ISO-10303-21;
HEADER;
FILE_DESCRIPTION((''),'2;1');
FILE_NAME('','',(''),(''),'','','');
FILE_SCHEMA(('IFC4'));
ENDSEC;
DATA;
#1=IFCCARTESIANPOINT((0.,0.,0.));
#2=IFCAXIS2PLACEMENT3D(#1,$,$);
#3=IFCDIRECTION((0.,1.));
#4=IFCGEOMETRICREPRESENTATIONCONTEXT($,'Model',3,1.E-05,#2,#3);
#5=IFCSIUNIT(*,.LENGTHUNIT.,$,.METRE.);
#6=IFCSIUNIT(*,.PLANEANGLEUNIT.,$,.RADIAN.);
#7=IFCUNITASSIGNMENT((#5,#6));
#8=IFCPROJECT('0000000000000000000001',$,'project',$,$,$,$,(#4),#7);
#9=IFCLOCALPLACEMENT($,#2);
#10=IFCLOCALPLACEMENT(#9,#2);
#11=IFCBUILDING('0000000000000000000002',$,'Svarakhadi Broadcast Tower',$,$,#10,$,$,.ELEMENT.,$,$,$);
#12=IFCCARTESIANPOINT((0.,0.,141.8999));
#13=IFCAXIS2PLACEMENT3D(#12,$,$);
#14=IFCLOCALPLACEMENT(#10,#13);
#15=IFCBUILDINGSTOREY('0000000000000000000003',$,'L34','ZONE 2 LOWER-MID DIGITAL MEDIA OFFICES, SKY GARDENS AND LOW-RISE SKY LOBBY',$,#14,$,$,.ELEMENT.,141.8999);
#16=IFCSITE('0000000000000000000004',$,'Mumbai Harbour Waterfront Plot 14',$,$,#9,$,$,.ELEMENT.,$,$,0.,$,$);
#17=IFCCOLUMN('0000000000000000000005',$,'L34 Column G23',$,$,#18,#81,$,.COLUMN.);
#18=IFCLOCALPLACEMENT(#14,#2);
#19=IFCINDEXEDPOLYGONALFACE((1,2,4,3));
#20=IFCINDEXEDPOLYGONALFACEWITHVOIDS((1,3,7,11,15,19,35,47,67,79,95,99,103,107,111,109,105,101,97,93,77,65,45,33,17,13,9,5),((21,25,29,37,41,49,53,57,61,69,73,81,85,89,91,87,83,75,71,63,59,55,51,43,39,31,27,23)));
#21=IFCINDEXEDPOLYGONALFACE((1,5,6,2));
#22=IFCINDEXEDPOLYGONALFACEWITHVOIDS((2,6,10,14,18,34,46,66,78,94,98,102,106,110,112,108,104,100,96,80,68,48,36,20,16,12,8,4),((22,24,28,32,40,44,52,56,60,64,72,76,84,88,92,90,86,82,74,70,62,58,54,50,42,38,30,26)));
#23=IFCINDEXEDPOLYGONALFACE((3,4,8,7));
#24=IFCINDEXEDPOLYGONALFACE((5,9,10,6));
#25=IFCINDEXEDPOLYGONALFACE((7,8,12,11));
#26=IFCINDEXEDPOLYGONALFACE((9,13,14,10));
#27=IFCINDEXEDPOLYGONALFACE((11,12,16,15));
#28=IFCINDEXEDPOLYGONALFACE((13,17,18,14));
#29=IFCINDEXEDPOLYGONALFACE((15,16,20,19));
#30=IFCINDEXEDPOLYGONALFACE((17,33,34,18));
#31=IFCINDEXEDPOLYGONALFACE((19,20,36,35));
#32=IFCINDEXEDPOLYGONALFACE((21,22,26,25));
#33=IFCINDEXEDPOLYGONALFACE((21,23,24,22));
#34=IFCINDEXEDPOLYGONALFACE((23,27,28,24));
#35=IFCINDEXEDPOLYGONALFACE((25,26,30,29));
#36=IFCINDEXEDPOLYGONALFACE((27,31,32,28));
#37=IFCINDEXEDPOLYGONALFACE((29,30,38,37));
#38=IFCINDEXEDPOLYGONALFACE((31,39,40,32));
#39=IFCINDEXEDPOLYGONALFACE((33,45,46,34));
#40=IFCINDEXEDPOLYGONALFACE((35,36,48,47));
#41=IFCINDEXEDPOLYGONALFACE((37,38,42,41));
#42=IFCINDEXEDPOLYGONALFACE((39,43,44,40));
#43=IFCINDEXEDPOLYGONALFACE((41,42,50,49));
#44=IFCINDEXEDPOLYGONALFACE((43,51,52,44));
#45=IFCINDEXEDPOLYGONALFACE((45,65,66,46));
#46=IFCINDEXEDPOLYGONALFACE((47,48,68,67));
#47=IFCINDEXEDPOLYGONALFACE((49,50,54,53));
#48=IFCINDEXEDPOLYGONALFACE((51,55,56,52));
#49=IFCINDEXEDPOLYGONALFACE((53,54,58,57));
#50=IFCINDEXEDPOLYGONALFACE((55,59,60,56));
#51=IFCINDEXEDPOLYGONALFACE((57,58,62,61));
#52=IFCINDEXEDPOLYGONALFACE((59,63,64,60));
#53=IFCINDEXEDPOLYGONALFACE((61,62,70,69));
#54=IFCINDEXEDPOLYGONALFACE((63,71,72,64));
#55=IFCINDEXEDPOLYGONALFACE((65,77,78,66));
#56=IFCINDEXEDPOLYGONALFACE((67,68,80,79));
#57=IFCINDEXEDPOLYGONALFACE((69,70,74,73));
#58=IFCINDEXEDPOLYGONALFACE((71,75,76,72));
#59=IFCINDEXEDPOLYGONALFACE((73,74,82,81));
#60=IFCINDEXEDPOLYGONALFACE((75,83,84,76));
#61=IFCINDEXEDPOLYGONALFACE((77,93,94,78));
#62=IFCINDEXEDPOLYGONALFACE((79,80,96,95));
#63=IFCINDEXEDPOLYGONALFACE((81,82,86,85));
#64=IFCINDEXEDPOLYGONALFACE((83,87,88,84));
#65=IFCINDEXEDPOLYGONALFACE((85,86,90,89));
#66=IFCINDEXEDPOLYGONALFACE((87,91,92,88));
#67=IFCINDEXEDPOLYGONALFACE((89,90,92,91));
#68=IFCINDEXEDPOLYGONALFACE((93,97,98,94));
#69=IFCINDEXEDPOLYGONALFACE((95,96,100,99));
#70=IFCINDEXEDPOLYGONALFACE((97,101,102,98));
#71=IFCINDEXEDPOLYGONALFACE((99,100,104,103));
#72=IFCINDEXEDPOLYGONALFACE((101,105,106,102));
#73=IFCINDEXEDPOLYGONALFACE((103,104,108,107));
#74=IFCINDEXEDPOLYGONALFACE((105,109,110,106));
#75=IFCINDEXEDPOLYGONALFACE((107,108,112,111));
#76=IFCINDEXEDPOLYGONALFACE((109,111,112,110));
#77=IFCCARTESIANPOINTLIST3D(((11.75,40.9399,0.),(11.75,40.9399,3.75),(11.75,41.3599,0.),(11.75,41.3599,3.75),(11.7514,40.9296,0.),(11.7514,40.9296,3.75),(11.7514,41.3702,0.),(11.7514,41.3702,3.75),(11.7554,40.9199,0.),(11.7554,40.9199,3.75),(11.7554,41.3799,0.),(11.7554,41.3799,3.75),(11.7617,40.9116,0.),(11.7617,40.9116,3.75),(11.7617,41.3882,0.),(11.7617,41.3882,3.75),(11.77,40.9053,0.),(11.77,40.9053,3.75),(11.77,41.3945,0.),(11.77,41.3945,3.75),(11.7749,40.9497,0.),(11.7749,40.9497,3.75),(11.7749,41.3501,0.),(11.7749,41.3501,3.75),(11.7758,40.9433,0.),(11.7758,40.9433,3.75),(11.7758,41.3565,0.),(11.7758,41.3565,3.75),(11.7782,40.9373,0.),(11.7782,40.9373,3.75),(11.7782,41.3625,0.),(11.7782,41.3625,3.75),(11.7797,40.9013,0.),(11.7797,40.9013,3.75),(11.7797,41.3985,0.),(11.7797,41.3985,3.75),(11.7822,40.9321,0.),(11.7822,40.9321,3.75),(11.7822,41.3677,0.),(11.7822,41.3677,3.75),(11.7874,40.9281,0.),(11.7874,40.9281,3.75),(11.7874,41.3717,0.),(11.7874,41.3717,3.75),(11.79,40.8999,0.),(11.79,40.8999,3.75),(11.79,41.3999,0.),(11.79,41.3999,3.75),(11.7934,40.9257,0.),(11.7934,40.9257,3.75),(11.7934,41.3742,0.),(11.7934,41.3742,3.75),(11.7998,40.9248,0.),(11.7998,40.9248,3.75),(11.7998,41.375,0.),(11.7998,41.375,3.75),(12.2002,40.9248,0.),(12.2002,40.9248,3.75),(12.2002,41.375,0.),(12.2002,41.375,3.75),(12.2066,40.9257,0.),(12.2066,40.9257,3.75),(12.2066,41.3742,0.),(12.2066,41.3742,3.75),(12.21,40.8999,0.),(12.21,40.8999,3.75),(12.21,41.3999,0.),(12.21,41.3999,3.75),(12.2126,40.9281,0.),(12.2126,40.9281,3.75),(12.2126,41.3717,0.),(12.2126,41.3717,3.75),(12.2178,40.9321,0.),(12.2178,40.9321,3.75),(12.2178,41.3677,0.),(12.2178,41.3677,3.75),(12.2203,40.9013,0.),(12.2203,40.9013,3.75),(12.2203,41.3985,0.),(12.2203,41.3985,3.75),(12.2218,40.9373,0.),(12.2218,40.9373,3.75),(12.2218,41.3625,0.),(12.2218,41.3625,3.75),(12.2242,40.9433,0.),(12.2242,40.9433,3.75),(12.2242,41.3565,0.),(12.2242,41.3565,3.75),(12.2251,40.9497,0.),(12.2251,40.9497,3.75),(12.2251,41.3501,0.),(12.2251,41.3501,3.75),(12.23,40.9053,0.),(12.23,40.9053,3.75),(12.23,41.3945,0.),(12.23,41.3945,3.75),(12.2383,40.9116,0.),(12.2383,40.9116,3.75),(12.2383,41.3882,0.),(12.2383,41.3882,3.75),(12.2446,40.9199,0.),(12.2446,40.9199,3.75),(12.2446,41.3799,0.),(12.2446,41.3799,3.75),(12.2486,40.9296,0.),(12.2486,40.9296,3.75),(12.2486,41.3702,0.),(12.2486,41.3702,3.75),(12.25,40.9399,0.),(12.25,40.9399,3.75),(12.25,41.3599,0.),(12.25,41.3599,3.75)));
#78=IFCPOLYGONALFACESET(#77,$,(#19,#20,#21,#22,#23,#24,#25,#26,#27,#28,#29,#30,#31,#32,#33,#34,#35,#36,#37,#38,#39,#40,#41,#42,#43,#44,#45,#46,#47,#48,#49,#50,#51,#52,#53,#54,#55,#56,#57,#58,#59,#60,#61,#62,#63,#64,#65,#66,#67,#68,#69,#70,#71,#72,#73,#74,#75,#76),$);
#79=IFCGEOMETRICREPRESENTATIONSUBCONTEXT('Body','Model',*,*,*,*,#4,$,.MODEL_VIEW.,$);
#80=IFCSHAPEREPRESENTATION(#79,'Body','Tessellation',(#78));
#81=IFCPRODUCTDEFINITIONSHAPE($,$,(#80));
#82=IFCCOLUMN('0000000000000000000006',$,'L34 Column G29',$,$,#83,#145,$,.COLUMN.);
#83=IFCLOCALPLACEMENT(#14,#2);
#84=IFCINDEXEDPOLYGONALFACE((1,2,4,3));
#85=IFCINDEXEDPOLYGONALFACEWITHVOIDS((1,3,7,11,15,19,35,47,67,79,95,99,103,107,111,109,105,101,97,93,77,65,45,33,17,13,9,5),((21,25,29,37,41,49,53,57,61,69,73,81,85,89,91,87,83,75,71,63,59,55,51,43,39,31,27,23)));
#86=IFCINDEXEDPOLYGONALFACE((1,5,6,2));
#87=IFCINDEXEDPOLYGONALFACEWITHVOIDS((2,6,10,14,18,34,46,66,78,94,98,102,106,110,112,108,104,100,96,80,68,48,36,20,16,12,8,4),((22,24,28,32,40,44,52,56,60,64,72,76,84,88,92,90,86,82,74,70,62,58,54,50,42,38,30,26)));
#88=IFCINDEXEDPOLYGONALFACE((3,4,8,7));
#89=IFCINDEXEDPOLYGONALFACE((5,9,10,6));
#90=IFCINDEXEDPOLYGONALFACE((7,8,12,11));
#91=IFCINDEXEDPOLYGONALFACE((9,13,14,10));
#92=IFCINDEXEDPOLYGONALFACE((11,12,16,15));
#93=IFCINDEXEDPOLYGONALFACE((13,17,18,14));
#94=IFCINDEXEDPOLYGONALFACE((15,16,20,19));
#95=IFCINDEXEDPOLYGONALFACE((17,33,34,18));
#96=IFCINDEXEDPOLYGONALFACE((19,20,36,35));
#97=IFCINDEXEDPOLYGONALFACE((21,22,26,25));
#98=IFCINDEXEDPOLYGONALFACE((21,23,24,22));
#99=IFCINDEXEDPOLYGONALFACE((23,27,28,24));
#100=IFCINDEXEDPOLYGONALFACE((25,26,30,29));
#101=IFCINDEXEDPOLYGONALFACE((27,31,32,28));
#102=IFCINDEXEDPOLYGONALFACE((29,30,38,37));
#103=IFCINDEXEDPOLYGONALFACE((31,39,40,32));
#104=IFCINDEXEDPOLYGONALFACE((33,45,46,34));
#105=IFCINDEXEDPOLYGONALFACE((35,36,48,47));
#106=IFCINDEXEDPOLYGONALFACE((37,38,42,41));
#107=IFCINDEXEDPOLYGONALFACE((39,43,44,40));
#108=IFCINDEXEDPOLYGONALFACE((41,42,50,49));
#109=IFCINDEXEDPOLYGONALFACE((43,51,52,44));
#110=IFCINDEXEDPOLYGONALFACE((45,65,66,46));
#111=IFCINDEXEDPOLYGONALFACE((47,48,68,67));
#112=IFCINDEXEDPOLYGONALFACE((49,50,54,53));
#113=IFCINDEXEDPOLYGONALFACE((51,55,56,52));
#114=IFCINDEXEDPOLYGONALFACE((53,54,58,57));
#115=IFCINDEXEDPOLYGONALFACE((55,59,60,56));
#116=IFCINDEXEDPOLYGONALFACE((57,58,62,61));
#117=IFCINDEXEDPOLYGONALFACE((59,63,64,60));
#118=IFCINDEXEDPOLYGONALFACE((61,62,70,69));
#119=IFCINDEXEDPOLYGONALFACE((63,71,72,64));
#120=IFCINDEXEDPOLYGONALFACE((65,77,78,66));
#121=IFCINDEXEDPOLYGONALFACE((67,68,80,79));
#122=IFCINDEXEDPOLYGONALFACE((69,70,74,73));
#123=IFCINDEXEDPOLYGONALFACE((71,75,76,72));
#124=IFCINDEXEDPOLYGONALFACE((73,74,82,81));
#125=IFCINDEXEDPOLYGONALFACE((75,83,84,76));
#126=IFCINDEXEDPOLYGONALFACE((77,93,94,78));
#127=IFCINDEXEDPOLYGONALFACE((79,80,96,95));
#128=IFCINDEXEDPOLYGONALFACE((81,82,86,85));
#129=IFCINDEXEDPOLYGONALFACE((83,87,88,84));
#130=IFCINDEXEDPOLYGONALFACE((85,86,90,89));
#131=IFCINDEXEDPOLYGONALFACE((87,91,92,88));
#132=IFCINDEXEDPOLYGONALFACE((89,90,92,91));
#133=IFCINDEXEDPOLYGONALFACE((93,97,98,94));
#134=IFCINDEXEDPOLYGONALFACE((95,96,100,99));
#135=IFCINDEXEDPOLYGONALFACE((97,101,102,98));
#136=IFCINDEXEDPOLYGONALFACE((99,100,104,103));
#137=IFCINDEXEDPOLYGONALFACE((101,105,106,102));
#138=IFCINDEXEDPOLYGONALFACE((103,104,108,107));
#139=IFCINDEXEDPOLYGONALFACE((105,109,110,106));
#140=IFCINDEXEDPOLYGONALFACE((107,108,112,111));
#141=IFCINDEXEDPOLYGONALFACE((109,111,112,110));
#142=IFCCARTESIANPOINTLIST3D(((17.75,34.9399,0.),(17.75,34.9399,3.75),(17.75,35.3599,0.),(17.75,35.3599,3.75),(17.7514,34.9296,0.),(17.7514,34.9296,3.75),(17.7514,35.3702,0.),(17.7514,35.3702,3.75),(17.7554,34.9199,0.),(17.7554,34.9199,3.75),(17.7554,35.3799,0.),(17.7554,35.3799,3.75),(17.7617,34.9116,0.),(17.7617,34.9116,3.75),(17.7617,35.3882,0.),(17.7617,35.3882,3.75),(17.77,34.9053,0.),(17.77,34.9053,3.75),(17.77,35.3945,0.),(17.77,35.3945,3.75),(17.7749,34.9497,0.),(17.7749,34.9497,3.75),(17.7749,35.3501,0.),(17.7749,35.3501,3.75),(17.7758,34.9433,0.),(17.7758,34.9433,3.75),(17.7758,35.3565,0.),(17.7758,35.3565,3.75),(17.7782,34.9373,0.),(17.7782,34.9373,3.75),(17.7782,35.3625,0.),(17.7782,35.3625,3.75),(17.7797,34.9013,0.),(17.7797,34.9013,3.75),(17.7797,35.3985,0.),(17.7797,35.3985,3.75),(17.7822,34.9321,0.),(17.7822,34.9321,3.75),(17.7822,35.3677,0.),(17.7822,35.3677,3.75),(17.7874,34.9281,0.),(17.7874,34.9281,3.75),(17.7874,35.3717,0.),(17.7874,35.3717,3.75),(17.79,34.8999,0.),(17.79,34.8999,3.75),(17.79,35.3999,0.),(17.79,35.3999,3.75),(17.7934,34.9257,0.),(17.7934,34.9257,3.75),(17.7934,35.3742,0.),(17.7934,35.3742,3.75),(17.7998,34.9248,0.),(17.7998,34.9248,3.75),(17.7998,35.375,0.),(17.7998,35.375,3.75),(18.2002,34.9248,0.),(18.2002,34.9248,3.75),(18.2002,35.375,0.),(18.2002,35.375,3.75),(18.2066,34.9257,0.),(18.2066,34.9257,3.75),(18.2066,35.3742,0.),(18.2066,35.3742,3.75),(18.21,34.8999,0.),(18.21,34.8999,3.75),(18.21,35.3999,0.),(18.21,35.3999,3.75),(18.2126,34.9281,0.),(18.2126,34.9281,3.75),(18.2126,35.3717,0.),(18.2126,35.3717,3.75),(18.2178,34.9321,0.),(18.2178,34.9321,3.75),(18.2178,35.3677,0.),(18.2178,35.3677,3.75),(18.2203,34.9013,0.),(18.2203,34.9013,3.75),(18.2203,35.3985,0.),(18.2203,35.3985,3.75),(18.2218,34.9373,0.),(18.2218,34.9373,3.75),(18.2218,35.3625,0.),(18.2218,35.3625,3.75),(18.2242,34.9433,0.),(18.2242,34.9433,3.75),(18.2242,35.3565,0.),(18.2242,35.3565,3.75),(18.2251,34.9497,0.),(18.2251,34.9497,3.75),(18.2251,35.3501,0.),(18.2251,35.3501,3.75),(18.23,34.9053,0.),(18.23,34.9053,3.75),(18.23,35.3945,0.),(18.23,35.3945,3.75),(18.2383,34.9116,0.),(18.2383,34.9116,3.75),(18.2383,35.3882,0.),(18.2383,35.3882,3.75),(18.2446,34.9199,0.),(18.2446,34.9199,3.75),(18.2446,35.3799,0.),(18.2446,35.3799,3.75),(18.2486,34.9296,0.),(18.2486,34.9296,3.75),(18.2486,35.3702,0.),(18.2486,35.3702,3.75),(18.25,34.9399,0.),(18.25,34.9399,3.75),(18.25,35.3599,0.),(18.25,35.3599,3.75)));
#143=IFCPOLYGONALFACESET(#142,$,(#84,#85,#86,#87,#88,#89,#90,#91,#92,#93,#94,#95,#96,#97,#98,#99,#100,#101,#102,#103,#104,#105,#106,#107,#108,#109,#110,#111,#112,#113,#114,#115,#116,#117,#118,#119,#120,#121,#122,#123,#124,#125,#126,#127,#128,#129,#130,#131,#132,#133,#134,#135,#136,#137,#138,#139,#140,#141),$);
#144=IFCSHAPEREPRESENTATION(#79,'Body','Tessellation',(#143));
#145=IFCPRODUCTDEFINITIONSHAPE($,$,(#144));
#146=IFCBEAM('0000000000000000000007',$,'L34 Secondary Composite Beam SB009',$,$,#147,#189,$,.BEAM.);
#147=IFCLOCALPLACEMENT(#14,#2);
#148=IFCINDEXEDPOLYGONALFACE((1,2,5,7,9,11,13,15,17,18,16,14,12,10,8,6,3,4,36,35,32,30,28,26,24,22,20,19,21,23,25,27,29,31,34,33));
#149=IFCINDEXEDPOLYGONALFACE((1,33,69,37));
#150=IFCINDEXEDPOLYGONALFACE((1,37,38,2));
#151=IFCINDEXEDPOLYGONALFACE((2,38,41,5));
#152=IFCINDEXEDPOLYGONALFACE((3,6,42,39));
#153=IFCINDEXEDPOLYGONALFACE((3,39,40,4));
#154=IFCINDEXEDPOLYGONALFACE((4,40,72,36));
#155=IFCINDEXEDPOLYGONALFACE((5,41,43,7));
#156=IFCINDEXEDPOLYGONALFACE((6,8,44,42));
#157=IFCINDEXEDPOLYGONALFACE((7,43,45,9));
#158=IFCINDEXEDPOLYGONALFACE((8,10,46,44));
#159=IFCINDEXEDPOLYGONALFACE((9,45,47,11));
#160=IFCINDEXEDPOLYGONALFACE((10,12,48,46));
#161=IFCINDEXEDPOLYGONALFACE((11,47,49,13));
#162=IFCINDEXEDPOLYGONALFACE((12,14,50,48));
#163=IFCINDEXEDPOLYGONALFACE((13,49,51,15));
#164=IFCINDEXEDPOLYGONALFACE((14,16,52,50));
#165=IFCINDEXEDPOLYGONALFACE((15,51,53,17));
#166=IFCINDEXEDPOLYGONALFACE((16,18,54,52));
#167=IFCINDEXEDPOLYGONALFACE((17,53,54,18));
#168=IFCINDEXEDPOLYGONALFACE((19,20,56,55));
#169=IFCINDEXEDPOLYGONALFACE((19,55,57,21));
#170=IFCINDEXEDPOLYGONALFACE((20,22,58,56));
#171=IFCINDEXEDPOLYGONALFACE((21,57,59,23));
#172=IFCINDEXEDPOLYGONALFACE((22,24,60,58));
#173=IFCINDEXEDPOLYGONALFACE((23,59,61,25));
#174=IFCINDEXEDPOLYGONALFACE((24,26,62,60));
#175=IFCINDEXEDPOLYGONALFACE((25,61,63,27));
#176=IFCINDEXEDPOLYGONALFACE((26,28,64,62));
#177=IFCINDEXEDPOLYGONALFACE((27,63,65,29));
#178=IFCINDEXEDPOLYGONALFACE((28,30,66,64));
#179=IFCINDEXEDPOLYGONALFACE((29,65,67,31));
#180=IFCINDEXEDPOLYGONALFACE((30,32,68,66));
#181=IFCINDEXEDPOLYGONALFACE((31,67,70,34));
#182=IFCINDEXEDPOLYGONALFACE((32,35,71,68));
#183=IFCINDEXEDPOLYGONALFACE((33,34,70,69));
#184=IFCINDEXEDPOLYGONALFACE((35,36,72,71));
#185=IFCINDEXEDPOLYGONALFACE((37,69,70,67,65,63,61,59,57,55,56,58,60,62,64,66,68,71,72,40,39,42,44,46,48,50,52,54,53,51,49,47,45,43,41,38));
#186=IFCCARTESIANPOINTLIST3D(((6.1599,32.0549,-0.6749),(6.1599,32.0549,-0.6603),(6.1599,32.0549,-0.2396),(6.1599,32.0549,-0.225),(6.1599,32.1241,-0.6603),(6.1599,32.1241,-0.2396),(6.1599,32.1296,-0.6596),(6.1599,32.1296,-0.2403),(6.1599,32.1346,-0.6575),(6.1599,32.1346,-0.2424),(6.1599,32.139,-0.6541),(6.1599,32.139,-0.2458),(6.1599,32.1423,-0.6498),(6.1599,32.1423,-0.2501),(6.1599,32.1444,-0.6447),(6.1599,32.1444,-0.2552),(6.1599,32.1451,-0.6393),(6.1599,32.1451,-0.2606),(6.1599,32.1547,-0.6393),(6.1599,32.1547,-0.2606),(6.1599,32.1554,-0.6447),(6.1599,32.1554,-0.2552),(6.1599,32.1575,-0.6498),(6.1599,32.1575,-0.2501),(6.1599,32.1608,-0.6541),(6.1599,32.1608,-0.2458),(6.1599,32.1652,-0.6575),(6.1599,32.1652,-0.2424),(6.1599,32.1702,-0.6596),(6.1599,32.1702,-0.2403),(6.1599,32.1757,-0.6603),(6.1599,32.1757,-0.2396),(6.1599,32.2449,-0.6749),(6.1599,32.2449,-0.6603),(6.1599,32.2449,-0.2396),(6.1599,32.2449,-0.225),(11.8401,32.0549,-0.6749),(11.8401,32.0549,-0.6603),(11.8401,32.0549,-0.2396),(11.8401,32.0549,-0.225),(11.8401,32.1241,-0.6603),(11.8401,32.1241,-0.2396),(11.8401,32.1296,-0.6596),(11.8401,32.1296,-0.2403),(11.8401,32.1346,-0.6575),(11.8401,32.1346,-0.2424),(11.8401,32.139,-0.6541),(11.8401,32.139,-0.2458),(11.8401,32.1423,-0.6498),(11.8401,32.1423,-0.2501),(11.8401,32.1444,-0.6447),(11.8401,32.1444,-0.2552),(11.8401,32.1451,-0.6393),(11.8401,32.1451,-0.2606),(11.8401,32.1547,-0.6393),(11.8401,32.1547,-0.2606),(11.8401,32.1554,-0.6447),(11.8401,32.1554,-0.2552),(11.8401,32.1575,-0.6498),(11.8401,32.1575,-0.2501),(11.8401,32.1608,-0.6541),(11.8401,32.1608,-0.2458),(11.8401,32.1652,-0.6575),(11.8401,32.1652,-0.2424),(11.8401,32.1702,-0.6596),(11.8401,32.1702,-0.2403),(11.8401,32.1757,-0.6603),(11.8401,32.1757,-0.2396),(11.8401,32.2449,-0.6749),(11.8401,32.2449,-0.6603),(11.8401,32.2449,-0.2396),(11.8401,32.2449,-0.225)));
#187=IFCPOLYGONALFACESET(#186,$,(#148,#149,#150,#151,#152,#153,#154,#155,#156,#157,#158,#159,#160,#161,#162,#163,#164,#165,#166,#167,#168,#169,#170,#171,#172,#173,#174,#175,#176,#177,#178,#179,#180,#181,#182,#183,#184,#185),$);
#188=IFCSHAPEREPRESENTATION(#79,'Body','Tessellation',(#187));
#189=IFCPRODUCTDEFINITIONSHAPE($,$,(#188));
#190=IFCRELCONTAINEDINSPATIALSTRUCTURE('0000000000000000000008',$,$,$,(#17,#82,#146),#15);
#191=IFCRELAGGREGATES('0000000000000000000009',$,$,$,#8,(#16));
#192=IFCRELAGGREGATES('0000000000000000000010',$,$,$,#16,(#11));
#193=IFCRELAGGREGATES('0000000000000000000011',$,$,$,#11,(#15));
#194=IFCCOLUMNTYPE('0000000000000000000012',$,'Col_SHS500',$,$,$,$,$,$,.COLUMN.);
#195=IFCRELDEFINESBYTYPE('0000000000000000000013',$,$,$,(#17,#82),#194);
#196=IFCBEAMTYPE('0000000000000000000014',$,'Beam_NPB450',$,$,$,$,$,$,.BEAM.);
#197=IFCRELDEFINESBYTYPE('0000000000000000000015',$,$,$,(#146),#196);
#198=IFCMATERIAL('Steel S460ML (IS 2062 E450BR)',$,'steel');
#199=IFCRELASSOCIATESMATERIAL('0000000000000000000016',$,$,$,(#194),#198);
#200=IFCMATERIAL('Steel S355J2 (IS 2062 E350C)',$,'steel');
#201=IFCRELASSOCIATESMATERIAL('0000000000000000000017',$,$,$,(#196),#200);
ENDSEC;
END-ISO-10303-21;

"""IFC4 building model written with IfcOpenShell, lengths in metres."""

from ifc_helpers import new_model, si_unit, direction, frame, origin, origin_2d, place, context, subcontext, project, spatial, hollow_rectangle, i_section, extrude, material, material_profile, profile_set, type_object, element, save


model = new_model("IFC4")

# Units and contexts
model_context = context("Model", 3, precision=1e-05, world=origin(), true_north=direction((0.0, 1.0)))
body_context = subcontext(model_context, "Body", "Model", "MODEL_VIEW")
ifc_project = project(units=[si_unit("LENGTHUNIT", "METRE"), si_unit("PLANEANGLEUNIT", "RADIAN")], contexts=[model_context])

# Site, building, storey
site_placement = place(None, origin())
site = spatial("IfcSite", under=ifc_project, at=site_placement, Name="Mumbai Harbour Waterfront Plot 14", CompositionType="ELEMENT", RefElevation=0.0)
building_placement = place(site_placement, origin())
building = spatial("IfcBuilding", under=site, at=building_placement, Name="Svarakhadi Broadcast Tower", CompositionType="ELEMENT")
storey_placement = place(building_placement, frame((0.0, 0.0, 141.8999)))
storey = spatial("IfcBuildingStorey", under=building, at=storey_placement, Name="L34", Description="ZONE 2 LOWER-MID DIGITAL MEDIA OFFICES, SKY GARDENS AND LOW-RISE SKY LOBBY", CompositionType="ELEMENT", Elevation=141.8999)

# Columns
ifc_material_1 = material(Name="Steel S460ML (IS 2062 E450BR)", Category="steel")
ifc_material_profile_1 = material_profile(ifc_material_1, hollow_rectangle(XDim=0.5, YDim=0.5, WallThickness=0.0249, InnerFilletRadius=0.0249, OuterFilletRadius=0.04, at=origin_2d()), Name="SHS 500x500x25")
ifc_profile_set_1 = profile_set([ifc_material_profile_1], Name="Steel S460ML (IS 2062 E450BR)")
column_type_1 = type_object("IfcColumnType", Name="Col_SHS500", PredefinedType="COLUMN", material=ifc_profile_set_1)
for number, where, z_axis, x_axis, name in (
    (1, (12.0, 41.1499, 0.0), (0.0, 0.0, 1.0), (1.0, 0.0, 0.0), "L34 Column G23"),
    (2, (18.0, 35.1499, 0.0), (0.0, 0.0, 1.0), (1.0, 0.0, 0.0), "L34 Column G29"),
):
    element("IfcColumn", number, at=place(storey_placement, frame(where, z_axis=z_axis, x_axis=x_axis)), inside=storey, type_object=column_type_1, Name=name, PredefinedType="COLUMN", context=body_context, shape_type="SweptSolid", body=[
        extrude(hollow_rectangle(XDim=0.5, YDim=0.5, WallThickness=0.0249, InnerFilletRadius=0.0249, OuterFilletRadius=0.04, at=origin_2d()), origin(), (0.0, 0.0, 1.0), 3.75),
    ])

# Beam
ifc_material_2 = material(Name="Steel S355J2 (IS 2062 E350C)", Category="steel")
ifc_material_profile_2 = material_profile(ifc_material_2, i_section(OverallWidth=0.1899, OverallDepth=0.45, WebThickness=0.0095, FlangeThickness=0.0146, FilletRadius=0.021, at=origin_2d()), Name="NPB 450x190x78")
ifc_profile_set_2 = profile_set([ifc_material_profile_2], Name="Steel S355J2 (IS 2062 E350C)")
beam_type_1 = type_object("IfcBeamType", Name="Beam_NPB450", PredefinedType="BEAM", material=ifc_profile_set_2)
for number, where, z_axis, x_axis, name in (
    (3, (6.1599, 32.1499, -0.45), (1.0, 0.0, 0.0), (0.0, 1.0, 0.0), "L34 Secondary Composite Beam SB009"),
):
    element("IfcBeam", number, at=place(storey_placement, frame(where, z_axis=z_axis, x_axis=x_axis)), inside=storey, type_object=beam_type_1, Name=name, PredefinedType="BEAM", context=body_context, shape_type="SweptSolid", body=[
        extrude(i_section(OverallWidth=0.1899, OverallDepth=0.45, WebThickness=0.0095, FlangeThickness=0.0146, FilletRadius=0.021, at=origin_2d()), origin(), (0.0, 0.0, 1.0), 5.6802),
    ])

save(model, "model.ifc")
